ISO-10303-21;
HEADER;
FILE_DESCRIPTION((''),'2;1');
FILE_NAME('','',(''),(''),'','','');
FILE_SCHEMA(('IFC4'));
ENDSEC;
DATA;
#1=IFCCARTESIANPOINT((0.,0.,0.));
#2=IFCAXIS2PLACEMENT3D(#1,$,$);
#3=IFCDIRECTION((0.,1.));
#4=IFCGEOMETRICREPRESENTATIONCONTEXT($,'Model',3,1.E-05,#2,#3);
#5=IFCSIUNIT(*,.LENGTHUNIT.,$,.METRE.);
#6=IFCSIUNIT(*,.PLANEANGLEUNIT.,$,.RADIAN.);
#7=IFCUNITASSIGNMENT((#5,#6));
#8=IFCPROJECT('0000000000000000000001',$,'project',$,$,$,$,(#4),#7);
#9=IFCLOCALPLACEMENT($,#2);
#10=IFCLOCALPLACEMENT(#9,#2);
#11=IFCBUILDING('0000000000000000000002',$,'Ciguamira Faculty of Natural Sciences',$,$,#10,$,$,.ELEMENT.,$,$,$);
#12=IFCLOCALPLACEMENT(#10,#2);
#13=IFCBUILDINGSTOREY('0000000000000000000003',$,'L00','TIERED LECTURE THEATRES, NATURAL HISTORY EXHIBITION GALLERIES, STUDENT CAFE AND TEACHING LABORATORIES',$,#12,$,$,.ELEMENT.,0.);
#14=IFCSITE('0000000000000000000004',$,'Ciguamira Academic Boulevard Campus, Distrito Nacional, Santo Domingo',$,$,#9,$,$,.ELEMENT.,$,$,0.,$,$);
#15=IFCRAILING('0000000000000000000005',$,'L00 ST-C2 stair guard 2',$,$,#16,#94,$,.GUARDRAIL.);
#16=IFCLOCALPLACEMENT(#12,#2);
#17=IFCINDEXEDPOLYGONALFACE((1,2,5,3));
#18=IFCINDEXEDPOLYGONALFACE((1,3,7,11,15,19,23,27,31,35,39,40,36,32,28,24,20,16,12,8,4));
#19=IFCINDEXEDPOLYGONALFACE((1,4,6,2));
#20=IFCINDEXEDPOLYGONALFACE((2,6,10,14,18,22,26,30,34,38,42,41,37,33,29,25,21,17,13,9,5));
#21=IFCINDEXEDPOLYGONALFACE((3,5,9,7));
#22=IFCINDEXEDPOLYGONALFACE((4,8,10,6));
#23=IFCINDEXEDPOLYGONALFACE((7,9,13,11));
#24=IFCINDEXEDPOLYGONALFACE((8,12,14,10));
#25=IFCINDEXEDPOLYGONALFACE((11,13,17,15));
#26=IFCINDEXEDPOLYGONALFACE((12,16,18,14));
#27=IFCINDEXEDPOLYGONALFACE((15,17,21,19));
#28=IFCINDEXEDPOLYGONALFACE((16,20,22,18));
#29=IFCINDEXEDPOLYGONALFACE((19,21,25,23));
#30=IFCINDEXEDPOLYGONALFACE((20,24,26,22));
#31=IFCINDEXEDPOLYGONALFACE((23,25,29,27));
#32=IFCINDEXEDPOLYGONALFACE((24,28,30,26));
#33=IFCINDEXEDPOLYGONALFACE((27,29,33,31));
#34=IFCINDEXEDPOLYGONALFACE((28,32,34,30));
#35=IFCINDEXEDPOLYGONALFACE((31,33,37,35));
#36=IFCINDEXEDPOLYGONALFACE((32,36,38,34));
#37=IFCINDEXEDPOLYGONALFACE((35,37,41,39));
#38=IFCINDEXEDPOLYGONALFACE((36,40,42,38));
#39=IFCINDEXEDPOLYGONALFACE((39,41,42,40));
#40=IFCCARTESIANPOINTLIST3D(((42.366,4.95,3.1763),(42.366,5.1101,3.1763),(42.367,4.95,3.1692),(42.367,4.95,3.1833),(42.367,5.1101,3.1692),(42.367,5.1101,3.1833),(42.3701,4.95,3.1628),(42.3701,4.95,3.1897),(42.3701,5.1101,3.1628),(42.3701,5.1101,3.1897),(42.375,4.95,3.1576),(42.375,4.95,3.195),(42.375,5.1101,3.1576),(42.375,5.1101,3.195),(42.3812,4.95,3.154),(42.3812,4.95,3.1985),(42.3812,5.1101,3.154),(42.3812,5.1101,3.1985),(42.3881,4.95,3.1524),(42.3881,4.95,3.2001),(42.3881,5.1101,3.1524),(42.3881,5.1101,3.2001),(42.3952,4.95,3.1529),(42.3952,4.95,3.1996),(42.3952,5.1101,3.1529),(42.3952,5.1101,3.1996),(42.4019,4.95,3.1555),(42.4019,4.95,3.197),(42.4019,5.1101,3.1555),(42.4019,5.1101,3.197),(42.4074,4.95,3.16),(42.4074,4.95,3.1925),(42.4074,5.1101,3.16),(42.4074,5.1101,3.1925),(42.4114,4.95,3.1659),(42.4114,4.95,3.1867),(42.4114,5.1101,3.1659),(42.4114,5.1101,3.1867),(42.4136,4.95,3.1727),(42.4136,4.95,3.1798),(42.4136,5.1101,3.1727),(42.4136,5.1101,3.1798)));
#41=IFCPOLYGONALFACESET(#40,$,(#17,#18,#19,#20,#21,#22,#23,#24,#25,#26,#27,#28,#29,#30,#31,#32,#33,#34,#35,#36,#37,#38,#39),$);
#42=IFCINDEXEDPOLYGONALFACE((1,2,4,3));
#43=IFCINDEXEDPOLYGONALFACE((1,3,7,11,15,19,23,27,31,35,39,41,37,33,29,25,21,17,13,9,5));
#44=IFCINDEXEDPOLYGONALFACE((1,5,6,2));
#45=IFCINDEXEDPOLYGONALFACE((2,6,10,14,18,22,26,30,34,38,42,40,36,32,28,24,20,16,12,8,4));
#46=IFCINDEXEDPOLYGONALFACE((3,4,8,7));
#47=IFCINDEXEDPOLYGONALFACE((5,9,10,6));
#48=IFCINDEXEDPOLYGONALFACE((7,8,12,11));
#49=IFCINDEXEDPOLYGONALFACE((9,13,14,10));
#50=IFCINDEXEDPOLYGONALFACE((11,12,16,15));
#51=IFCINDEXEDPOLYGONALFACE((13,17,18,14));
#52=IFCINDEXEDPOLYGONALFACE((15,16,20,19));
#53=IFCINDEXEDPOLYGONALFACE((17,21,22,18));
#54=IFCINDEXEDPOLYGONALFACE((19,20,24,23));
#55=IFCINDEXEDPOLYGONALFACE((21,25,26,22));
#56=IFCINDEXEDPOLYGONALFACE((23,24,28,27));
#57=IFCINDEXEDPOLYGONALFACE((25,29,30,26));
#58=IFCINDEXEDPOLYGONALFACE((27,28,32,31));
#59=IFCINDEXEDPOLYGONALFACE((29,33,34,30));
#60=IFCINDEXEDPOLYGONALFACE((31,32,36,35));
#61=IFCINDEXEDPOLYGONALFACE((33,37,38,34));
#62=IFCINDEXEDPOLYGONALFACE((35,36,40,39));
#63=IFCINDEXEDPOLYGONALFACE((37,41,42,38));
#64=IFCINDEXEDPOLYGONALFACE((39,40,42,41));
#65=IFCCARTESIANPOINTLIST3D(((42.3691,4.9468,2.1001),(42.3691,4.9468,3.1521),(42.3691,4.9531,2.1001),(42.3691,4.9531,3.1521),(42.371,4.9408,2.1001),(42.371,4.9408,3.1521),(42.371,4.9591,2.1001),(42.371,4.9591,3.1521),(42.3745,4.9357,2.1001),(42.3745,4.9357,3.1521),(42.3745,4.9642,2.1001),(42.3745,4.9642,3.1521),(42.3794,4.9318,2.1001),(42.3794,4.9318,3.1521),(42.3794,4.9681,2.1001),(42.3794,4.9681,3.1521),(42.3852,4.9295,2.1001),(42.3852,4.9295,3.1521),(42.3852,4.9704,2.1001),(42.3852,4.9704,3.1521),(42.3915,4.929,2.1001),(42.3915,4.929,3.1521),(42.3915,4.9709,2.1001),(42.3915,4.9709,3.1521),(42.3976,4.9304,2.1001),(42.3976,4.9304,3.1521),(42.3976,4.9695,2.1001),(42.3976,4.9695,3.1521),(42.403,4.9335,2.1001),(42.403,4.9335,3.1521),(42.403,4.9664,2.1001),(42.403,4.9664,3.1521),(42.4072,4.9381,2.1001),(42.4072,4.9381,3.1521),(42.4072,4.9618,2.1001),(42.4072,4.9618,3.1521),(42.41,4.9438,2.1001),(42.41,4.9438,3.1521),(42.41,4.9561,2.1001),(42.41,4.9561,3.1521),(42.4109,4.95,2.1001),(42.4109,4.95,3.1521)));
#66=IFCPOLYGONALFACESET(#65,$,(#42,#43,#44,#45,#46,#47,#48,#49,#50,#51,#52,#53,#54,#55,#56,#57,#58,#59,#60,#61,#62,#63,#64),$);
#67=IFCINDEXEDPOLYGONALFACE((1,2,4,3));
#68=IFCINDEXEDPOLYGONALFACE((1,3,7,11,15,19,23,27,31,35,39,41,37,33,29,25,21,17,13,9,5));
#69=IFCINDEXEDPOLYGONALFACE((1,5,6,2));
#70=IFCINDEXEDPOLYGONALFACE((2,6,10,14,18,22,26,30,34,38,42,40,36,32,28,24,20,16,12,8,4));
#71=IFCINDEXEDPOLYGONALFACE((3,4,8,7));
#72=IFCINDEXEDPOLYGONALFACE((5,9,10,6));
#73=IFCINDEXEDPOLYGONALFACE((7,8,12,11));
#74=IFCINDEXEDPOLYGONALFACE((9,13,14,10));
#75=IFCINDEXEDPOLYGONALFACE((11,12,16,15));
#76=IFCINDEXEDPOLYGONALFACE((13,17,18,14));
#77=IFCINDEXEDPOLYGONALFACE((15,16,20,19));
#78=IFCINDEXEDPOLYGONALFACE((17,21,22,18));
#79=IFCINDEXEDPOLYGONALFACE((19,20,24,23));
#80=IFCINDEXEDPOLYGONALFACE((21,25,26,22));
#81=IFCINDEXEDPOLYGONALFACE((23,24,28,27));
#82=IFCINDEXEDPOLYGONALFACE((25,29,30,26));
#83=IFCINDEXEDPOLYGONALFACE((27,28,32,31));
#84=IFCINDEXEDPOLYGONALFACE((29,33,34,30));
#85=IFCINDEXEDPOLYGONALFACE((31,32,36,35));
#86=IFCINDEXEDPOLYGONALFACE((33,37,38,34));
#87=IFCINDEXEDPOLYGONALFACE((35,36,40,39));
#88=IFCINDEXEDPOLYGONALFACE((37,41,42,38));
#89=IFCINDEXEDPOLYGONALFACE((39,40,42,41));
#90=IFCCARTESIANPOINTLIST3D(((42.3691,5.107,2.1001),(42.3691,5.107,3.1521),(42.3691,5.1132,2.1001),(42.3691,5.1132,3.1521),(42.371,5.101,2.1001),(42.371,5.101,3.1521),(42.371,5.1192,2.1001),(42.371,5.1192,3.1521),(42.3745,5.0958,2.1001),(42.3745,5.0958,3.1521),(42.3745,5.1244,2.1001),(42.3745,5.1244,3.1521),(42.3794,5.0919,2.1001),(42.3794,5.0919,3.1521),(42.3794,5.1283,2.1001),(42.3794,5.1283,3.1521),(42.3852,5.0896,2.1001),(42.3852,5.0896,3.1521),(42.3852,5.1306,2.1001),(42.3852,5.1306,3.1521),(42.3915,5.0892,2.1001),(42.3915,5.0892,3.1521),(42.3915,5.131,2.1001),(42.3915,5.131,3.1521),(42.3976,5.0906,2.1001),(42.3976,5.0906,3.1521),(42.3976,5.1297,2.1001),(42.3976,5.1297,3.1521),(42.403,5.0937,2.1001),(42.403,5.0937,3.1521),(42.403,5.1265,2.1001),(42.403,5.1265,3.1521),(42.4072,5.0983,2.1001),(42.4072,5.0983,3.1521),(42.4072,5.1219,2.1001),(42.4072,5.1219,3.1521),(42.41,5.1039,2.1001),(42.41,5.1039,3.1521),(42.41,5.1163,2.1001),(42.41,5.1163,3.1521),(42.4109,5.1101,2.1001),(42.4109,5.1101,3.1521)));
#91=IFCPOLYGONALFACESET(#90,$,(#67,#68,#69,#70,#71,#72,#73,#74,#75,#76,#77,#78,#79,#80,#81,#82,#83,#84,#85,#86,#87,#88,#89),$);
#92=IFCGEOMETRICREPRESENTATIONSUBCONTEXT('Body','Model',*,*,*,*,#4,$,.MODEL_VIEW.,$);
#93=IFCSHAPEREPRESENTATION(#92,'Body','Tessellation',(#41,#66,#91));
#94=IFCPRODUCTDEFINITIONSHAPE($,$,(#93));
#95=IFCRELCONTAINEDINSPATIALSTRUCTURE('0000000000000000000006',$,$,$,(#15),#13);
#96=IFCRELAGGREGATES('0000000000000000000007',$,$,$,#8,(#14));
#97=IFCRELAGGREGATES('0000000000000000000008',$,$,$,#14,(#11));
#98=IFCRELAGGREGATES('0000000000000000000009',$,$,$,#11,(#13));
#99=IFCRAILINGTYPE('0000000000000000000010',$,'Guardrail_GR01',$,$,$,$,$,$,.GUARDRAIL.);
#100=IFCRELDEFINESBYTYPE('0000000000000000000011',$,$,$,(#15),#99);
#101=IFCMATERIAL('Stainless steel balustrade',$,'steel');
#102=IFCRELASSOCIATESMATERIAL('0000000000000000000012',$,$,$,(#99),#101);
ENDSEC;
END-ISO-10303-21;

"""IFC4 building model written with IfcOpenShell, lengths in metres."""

from ifc_helpers import new_model, si_unit, direction, frame, origin, origin_2d, place, context, subcontext, project, spatial, circle, extrude, material, type_object, element, save


model = new_model("IFC4")

# Units and contexts
model_context = context("Model", 3, precision=1e-05, world=origin(), true_north=direction((0.0, 1.0)))
body_context = subcontext(model_context, "Body", "Model", "MODEL_VIEW")
ifc_project = project(units=[si_unit("LENGTHUNIT", "METRE"), si_unit("PLANEANGLEUNIT", "RADIAN")], contexts=[model_context])

# Site, building, storey
site_placement = place(None, origin())
site = spatial("IfcSite", under=ifc_project, at=site_placement, Name="Ciguamira Academic Boulevard Campus, Distrito Nacional, Santo Domingo", CompositionType="ELEMENT", RefElevation=0.0)
building_placement = place(site_placement, origin())
building = spatial("IfcBuilding", under=site, at=building_placement, Name="Ciguamira Faculty of Natural Sciences", CompositionType="ELEMENT")
storey_placement = place(building_placement, origin())
storey = spatial("IfcBuildingStorey", under=building, at=storey_placement, Name="L00", Description="TIERED LECTURE THEATRES, NATURAL HISTORY EXHIBITION GALLERIES, STUDENT CAFE AND TEACHING LABORATORIES", CompositionType="ELEMENT", Elevation=0.0)

# Railing
ifc_material_1 = material(Name="Stainless steel balustrade", Category="steel")
railing_type_1 = type_object("IfcRailingType", Name="Guardrail_GR01", PredefinedType="GUARDRAIL", material=ifc_material_1)
railing_1_placement = place(storey_placement, frame((42.3899, 4.95, 2.1001)))
element("IfcRailing", 1, at=railing_1_placement, inside=storey, type_object=railing_type_1, Name="L00 ST-C2 stair guard 2", PredefinedType="GUARDRAIL", context=body_context, shape_type="SweptSolid", body=[
    extrude(circle(Radius=0.0239, at=origin_2d()), frame((0.0, 0.0, 1.0762), z_axis=(0.0, 1.0, 0.0), x_axis=(-1.0, 0.0, 0.0)), (0.0, 0.0, 1.0), 0.1602),
    extrude(circle(Radius=0.021, at=origin_2d()), origin(), (0.0, 0.0, 1.0), 1.052),
    extrude(circle(Radius=0.021, at=origin_2d()), frame((0.0, 0.1602, 0.0)), (0.0, 0.0, 1.0), 1.052),
])

save(model, "model.ifc")
